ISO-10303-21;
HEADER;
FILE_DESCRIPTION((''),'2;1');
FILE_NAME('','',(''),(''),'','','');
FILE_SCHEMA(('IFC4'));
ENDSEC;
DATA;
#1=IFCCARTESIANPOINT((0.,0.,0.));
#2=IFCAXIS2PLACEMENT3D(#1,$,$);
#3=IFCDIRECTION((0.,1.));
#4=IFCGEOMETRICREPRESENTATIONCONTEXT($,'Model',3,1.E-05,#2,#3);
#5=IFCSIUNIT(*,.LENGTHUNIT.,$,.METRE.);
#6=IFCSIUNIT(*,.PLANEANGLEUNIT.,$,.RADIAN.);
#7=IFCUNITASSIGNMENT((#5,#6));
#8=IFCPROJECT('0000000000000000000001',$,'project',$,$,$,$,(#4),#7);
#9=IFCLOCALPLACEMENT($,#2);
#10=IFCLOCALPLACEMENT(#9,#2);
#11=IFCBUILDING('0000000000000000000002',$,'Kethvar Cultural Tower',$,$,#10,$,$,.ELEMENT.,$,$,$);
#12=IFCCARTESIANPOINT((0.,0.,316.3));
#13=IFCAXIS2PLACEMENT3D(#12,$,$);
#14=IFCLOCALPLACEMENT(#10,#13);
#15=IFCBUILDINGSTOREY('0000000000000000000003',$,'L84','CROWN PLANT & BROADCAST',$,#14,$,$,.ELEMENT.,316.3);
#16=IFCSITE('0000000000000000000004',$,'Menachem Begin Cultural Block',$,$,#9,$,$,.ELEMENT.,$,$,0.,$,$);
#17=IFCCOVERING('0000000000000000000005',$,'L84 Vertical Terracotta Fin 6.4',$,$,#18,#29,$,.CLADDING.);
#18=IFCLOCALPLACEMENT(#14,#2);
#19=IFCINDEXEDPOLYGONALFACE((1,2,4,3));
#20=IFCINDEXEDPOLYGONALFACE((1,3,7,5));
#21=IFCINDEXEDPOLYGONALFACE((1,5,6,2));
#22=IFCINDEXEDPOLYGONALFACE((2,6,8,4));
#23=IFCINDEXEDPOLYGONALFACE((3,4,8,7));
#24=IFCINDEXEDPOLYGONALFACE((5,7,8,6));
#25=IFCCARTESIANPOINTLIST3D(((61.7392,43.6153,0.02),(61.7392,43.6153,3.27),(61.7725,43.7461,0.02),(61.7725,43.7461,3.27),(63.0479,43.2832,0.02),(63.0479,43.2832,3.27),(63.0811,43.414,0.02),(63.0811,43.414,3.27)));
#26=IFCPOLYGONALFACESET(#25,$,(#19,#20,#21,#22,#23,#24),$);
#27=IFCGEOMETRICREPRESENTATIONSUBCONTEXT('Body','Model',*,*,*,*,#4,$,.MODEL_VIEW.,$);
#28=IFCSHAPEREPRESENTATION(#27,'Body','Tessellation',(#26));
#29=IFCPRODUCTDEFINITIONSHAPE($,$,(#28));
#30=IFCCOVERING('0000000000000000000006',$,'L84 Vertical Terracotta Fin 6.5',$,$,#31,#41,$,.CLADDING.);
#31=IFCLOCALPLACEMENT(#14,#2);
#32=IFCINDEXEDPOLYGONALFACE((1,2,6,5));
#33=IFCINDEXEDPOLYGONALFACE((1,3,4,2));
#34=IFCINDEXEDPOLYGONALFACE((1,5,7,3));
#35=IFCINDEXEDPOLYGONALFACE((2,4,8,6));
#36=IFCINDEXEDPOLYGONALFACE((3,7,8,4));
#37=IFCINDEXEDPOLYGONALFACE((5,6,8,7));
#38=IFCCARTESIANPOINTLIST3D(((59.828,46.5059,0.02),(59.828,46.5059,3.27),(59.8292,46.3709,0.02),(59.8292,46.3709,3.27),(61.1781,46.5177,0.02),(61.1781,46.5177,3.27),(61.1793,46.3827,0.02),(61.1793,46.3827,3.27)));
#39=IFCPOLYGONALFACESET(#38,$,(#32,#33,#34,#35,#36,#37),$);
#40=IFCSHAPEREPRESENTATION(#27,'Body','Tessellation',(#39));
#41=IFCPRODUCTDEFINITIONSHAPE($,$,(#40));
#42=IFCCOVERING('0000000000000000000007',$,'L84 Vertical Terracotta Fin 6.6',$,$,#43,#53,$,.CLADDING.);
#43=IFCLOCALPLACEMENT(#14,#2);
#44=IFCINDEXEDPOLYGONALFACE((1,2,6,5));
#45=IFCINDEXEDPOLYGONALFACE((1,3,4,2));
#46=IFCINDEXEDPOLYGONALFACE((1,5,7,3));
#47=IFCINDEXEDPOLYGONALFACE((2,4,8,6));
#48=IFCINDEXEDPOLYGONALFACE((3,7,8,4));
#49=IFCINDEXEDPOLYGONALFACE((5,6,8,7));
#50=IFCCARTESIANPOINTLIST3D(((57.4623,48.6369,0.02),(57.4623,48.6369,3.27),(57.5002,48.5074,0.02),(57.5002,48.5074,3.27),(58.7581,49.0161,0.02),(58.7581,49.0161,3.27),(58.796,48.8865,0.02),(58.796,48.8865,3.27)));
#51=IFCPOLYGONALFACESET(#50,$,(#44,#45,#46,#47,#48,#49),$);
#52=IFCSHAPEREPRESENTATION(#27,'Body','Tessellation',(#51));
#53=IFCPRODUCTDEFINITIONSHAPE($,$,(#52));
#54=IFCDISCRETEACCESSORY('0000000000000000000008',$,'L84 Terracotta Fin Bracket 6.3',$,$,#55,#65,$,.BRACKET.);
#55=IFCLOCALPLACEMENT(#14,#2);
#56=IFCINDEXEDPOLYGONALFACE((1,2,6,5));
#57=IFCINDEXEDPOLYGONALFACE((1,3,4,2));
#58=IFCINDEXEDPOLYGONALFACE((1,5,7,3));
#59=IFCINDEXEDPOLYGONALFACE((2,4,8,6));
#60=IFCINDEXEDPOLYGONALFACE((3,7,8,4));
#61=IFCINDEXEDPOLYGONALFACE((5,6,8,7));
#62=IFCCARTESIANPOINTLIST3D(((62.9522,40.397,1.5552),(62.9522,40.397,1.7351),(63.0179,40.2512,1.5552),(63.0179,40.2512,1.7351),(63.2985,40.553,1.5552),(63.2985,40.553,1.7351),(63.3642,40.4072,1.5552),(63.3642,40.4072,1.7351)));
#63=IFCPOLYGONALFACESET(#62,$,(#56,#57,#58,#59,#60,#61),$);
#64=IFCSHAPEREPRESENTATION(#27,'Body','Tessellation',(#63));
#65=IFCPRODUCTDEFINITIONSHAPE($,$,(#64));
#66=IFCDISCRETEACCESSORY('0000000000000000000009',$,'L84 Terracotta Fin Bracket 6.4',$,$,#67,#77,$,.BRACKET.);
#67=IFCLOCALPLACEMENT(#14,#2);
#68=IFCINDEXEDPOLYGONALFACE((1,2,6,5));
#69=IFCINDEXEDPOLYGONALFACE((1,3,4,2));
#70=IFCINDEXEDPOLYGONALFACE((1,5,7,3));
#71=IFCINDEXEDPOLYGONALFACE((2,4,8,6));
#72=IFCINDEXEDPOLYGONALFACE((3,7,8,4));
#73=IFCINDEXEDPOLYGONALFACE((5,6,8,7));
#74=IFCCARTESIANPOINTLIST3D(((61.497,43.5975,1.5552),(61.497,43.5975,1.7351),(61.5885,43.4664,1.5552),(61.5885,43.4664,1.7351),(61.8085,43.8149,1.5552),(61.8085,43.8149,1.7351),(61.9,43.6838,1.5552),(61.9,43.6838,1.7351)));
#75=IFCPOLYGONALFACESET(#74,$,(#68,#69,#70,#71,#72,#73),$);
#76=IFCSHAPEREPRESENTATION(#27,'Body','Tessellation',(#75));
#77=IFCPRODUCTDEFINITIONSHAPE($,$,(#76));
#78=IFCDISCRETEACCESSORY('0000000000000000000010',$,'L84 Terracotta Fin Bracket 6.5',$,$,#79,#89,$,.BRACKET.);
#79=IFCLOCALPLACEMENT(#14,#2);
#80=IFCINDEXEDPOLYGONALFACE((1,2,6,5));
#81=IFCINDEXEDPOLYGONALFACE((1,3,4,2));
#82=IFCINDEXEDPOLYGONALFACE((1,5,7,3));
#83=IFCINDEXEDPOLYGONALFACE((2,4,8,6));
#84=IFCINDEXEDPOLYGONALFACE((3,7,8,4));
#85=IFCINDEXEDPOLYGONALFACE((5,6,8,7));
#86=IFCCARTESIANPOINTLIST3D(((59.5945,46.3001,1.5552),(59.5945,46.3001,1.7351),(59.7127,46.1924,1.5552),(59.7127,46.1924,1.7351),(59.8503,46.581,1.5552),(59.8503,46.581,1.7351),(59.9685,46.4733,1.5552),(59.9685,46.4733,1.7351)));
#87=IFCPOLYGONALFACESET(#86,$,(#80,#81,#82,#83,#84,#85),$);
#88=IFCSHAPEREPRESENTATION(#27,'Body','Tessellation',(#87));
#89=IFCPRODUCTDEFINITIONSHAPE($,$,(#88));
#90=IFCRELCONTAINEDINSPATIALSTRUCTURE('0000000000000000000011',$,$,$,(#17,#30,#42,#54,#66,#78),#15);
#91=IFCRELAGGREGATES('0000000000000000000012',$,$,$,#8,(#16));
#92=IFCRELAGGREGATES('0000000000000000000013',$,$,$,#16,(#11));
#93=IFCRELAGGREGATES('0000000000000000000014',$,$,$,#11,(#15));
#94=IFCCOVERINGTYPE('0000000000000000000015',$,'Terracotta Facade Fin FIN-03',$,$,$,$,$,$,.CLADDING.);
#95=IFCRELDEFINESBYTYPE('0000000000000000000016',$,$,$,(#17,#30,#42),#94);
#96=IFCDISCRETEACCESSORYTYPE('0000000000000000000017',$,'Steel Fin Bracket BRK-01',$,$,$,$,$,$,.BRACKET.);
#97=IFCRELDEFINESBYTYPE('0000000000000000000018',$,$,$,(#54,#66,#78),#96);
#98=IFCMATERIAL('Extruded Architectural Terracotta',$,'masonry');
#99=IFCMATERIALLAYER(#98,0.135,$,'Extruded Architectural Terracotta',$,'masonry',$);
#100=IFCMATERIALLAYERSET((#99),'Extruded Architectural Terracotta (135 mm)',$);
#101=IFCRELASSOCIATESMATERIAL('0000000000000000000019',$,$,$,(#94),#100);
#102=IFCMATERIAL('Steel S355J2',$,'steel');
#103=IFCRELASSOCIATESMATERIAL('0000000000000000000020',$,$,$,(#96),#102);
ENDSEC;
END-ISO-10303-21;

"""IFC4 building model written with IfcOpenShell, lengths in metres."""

from ifc_helpers import new_model, si_unit, direction, frame, origin, origin_2d, place, context, subcontext, project, spatial, rectangle, extrude, source, transform, mapped, material, layer, layer_set, type_object, element, save


model = new_model("IFC4")

# Units and contexts
model_context = context("Model", 3, precision=1e-05, world=origin(), true_north=direction((0.0, 1.0)))
body_context = subcontext(model_context, "Body", "Model", "MODEL_VIEW")
ifc_project = project(units=[si_unit("LENGTHUNIT", "METRE"), si_unit("PLANEANGLEUNIT", "RADIAN")], contexts=[model_context])

# Site, building, storey
site_placement = place(None, origin())
site = spatial("IfcSite", under=ifc_project, at=site_placement, Name="Menachem Begin Cultural Block", CompositionType="ELEMENT", RefElevation=0.0)
building_placement = place(site_placement, origin())
building = spatial("IfcBuilding", under=site, at=building_placement, Name="Kethvar Cultural Tower", CompositionType="ELEMENT")
storey_placement = place(building_placement, frame((0.0, 0.0, 316.3)))
storey = spatial("IfcBuildingStorey", under=building, at=storey_placement, Name="L84", Description="CROWN PLANT & BROADCAST", CompositionType="ELEMENT", Elevation=316.3)

# Shared definitions
ifc_material_1 = material(Name="Steel S355J2", Category="steel")

# Coverings
ifc_material_2 = material(Name="Extruded Architectural Terracotta", Category="masonry")
ifc_layer_1 = layer(ifc_material_2, 0.135, Name="Extruded Architectural Terracotta", Category="masonry")
ifc_layer_set_1 = layer_set([ifc_layer_1], Name="Extruded Architectural Terracotta (135 mm)")
covering_type = type_object("IfcCoveringType", Name="Terracotta Facade Fin FIN-03", PredefinedType="CLADDING", material=ifc_layer_set_1)
shared_shape_1 = source(origin(), body_context, "Body", "SweptSolid", [
    extrude(rectangle(XDim=1.3501, YDim=0.135, at=origin_2d()), origin(), (0.0, 0.0, 1.0), 3.25),
])
for number, where, z_axis, x_axis, name in (
    (1, (62.4102, 43.5146, 0.02), (0.0, 0.0, 1.0), (0.969274, -0.245984, 0.0), "L84 Vertical Terracotta Fin 6.4"),
    (2, (60.5037, 46.4443, 0.02), (0.0, 0.0, 1.0), (0.999962, 0.008727, 0.0), "L84 Vertical Terracotta Fin 6.5"),
    (3, (58.1292, 48.7617, 0.02), (0.0, 0.0, 1.0), (0.959756, 0.280834, 0.0), "L84 Vertical Terracotta Fin 6.6"),
):
    element("IfcCovering", number, at=place(storey_placement, frame(where, z_axis=z_axis, x_axis=x_axis)), inside=storey, type_object=covering_type, Name=name, PredefinedType="CLADDING", context=body_context, shape_type="MappedRepresentation", body=[
        mapped(shared_shape_1, transform((0.0, 0.0, 0.0), scale=1.0)),
    ])

# Discrete accessories
discrete_accessory_type = type_object("IfcDiscreteAccessoryType", Name="Steel Fin Bracket BRK-01", PredefinedType="BRACKET", material=ifc_material_1)
shared_shape_2 = source(origin(), body_context, "Body", "SweptSolid", [
    extrude(rectangle(XDim=0.3799, YDim=0.1599, at=origin_2d()), origin(), (0.0, 0.0, 1.0), 0.1799),
])
for number, where, z_axis, x_axis, name in (
    (4, (63.1582, 40.4021, 1.5552), (0.0, 0.0, 1.0), (0.91169, 0.410878, 0.0), "L84 Terracotta Fin Bracket 6.3"),
    (5, (61.6985, 43.6406, 1.5552), (0.0, 0.0, 1.0), (0.820052, 0.572289, 0.0), "L84 Terracotta Fin Bracket 6.4"),
    (6, (59.7815, 46.3867, 1.5552), (0.0, 0.0, 1.0), (0.673271, 0.739396, 0.0), "L84 Terracotta Fin Bracket 6.5"),
):
    element("IfcDiscreteAccessory", number, at=place(storey_placement, frame(where, z_axis=z_axis, x_axis=x_axis)), inside=storey, type_object=discrete_accessory_type, Name=name, PredefinedType="BRACKET", context=body_context, shape_type="MappedRepresentation", body=[
        mapped(shared_shape_2, transform((0.0, 0.0, 0.0), scale=1.0)),
    ])

save(model, "model.ifc")
